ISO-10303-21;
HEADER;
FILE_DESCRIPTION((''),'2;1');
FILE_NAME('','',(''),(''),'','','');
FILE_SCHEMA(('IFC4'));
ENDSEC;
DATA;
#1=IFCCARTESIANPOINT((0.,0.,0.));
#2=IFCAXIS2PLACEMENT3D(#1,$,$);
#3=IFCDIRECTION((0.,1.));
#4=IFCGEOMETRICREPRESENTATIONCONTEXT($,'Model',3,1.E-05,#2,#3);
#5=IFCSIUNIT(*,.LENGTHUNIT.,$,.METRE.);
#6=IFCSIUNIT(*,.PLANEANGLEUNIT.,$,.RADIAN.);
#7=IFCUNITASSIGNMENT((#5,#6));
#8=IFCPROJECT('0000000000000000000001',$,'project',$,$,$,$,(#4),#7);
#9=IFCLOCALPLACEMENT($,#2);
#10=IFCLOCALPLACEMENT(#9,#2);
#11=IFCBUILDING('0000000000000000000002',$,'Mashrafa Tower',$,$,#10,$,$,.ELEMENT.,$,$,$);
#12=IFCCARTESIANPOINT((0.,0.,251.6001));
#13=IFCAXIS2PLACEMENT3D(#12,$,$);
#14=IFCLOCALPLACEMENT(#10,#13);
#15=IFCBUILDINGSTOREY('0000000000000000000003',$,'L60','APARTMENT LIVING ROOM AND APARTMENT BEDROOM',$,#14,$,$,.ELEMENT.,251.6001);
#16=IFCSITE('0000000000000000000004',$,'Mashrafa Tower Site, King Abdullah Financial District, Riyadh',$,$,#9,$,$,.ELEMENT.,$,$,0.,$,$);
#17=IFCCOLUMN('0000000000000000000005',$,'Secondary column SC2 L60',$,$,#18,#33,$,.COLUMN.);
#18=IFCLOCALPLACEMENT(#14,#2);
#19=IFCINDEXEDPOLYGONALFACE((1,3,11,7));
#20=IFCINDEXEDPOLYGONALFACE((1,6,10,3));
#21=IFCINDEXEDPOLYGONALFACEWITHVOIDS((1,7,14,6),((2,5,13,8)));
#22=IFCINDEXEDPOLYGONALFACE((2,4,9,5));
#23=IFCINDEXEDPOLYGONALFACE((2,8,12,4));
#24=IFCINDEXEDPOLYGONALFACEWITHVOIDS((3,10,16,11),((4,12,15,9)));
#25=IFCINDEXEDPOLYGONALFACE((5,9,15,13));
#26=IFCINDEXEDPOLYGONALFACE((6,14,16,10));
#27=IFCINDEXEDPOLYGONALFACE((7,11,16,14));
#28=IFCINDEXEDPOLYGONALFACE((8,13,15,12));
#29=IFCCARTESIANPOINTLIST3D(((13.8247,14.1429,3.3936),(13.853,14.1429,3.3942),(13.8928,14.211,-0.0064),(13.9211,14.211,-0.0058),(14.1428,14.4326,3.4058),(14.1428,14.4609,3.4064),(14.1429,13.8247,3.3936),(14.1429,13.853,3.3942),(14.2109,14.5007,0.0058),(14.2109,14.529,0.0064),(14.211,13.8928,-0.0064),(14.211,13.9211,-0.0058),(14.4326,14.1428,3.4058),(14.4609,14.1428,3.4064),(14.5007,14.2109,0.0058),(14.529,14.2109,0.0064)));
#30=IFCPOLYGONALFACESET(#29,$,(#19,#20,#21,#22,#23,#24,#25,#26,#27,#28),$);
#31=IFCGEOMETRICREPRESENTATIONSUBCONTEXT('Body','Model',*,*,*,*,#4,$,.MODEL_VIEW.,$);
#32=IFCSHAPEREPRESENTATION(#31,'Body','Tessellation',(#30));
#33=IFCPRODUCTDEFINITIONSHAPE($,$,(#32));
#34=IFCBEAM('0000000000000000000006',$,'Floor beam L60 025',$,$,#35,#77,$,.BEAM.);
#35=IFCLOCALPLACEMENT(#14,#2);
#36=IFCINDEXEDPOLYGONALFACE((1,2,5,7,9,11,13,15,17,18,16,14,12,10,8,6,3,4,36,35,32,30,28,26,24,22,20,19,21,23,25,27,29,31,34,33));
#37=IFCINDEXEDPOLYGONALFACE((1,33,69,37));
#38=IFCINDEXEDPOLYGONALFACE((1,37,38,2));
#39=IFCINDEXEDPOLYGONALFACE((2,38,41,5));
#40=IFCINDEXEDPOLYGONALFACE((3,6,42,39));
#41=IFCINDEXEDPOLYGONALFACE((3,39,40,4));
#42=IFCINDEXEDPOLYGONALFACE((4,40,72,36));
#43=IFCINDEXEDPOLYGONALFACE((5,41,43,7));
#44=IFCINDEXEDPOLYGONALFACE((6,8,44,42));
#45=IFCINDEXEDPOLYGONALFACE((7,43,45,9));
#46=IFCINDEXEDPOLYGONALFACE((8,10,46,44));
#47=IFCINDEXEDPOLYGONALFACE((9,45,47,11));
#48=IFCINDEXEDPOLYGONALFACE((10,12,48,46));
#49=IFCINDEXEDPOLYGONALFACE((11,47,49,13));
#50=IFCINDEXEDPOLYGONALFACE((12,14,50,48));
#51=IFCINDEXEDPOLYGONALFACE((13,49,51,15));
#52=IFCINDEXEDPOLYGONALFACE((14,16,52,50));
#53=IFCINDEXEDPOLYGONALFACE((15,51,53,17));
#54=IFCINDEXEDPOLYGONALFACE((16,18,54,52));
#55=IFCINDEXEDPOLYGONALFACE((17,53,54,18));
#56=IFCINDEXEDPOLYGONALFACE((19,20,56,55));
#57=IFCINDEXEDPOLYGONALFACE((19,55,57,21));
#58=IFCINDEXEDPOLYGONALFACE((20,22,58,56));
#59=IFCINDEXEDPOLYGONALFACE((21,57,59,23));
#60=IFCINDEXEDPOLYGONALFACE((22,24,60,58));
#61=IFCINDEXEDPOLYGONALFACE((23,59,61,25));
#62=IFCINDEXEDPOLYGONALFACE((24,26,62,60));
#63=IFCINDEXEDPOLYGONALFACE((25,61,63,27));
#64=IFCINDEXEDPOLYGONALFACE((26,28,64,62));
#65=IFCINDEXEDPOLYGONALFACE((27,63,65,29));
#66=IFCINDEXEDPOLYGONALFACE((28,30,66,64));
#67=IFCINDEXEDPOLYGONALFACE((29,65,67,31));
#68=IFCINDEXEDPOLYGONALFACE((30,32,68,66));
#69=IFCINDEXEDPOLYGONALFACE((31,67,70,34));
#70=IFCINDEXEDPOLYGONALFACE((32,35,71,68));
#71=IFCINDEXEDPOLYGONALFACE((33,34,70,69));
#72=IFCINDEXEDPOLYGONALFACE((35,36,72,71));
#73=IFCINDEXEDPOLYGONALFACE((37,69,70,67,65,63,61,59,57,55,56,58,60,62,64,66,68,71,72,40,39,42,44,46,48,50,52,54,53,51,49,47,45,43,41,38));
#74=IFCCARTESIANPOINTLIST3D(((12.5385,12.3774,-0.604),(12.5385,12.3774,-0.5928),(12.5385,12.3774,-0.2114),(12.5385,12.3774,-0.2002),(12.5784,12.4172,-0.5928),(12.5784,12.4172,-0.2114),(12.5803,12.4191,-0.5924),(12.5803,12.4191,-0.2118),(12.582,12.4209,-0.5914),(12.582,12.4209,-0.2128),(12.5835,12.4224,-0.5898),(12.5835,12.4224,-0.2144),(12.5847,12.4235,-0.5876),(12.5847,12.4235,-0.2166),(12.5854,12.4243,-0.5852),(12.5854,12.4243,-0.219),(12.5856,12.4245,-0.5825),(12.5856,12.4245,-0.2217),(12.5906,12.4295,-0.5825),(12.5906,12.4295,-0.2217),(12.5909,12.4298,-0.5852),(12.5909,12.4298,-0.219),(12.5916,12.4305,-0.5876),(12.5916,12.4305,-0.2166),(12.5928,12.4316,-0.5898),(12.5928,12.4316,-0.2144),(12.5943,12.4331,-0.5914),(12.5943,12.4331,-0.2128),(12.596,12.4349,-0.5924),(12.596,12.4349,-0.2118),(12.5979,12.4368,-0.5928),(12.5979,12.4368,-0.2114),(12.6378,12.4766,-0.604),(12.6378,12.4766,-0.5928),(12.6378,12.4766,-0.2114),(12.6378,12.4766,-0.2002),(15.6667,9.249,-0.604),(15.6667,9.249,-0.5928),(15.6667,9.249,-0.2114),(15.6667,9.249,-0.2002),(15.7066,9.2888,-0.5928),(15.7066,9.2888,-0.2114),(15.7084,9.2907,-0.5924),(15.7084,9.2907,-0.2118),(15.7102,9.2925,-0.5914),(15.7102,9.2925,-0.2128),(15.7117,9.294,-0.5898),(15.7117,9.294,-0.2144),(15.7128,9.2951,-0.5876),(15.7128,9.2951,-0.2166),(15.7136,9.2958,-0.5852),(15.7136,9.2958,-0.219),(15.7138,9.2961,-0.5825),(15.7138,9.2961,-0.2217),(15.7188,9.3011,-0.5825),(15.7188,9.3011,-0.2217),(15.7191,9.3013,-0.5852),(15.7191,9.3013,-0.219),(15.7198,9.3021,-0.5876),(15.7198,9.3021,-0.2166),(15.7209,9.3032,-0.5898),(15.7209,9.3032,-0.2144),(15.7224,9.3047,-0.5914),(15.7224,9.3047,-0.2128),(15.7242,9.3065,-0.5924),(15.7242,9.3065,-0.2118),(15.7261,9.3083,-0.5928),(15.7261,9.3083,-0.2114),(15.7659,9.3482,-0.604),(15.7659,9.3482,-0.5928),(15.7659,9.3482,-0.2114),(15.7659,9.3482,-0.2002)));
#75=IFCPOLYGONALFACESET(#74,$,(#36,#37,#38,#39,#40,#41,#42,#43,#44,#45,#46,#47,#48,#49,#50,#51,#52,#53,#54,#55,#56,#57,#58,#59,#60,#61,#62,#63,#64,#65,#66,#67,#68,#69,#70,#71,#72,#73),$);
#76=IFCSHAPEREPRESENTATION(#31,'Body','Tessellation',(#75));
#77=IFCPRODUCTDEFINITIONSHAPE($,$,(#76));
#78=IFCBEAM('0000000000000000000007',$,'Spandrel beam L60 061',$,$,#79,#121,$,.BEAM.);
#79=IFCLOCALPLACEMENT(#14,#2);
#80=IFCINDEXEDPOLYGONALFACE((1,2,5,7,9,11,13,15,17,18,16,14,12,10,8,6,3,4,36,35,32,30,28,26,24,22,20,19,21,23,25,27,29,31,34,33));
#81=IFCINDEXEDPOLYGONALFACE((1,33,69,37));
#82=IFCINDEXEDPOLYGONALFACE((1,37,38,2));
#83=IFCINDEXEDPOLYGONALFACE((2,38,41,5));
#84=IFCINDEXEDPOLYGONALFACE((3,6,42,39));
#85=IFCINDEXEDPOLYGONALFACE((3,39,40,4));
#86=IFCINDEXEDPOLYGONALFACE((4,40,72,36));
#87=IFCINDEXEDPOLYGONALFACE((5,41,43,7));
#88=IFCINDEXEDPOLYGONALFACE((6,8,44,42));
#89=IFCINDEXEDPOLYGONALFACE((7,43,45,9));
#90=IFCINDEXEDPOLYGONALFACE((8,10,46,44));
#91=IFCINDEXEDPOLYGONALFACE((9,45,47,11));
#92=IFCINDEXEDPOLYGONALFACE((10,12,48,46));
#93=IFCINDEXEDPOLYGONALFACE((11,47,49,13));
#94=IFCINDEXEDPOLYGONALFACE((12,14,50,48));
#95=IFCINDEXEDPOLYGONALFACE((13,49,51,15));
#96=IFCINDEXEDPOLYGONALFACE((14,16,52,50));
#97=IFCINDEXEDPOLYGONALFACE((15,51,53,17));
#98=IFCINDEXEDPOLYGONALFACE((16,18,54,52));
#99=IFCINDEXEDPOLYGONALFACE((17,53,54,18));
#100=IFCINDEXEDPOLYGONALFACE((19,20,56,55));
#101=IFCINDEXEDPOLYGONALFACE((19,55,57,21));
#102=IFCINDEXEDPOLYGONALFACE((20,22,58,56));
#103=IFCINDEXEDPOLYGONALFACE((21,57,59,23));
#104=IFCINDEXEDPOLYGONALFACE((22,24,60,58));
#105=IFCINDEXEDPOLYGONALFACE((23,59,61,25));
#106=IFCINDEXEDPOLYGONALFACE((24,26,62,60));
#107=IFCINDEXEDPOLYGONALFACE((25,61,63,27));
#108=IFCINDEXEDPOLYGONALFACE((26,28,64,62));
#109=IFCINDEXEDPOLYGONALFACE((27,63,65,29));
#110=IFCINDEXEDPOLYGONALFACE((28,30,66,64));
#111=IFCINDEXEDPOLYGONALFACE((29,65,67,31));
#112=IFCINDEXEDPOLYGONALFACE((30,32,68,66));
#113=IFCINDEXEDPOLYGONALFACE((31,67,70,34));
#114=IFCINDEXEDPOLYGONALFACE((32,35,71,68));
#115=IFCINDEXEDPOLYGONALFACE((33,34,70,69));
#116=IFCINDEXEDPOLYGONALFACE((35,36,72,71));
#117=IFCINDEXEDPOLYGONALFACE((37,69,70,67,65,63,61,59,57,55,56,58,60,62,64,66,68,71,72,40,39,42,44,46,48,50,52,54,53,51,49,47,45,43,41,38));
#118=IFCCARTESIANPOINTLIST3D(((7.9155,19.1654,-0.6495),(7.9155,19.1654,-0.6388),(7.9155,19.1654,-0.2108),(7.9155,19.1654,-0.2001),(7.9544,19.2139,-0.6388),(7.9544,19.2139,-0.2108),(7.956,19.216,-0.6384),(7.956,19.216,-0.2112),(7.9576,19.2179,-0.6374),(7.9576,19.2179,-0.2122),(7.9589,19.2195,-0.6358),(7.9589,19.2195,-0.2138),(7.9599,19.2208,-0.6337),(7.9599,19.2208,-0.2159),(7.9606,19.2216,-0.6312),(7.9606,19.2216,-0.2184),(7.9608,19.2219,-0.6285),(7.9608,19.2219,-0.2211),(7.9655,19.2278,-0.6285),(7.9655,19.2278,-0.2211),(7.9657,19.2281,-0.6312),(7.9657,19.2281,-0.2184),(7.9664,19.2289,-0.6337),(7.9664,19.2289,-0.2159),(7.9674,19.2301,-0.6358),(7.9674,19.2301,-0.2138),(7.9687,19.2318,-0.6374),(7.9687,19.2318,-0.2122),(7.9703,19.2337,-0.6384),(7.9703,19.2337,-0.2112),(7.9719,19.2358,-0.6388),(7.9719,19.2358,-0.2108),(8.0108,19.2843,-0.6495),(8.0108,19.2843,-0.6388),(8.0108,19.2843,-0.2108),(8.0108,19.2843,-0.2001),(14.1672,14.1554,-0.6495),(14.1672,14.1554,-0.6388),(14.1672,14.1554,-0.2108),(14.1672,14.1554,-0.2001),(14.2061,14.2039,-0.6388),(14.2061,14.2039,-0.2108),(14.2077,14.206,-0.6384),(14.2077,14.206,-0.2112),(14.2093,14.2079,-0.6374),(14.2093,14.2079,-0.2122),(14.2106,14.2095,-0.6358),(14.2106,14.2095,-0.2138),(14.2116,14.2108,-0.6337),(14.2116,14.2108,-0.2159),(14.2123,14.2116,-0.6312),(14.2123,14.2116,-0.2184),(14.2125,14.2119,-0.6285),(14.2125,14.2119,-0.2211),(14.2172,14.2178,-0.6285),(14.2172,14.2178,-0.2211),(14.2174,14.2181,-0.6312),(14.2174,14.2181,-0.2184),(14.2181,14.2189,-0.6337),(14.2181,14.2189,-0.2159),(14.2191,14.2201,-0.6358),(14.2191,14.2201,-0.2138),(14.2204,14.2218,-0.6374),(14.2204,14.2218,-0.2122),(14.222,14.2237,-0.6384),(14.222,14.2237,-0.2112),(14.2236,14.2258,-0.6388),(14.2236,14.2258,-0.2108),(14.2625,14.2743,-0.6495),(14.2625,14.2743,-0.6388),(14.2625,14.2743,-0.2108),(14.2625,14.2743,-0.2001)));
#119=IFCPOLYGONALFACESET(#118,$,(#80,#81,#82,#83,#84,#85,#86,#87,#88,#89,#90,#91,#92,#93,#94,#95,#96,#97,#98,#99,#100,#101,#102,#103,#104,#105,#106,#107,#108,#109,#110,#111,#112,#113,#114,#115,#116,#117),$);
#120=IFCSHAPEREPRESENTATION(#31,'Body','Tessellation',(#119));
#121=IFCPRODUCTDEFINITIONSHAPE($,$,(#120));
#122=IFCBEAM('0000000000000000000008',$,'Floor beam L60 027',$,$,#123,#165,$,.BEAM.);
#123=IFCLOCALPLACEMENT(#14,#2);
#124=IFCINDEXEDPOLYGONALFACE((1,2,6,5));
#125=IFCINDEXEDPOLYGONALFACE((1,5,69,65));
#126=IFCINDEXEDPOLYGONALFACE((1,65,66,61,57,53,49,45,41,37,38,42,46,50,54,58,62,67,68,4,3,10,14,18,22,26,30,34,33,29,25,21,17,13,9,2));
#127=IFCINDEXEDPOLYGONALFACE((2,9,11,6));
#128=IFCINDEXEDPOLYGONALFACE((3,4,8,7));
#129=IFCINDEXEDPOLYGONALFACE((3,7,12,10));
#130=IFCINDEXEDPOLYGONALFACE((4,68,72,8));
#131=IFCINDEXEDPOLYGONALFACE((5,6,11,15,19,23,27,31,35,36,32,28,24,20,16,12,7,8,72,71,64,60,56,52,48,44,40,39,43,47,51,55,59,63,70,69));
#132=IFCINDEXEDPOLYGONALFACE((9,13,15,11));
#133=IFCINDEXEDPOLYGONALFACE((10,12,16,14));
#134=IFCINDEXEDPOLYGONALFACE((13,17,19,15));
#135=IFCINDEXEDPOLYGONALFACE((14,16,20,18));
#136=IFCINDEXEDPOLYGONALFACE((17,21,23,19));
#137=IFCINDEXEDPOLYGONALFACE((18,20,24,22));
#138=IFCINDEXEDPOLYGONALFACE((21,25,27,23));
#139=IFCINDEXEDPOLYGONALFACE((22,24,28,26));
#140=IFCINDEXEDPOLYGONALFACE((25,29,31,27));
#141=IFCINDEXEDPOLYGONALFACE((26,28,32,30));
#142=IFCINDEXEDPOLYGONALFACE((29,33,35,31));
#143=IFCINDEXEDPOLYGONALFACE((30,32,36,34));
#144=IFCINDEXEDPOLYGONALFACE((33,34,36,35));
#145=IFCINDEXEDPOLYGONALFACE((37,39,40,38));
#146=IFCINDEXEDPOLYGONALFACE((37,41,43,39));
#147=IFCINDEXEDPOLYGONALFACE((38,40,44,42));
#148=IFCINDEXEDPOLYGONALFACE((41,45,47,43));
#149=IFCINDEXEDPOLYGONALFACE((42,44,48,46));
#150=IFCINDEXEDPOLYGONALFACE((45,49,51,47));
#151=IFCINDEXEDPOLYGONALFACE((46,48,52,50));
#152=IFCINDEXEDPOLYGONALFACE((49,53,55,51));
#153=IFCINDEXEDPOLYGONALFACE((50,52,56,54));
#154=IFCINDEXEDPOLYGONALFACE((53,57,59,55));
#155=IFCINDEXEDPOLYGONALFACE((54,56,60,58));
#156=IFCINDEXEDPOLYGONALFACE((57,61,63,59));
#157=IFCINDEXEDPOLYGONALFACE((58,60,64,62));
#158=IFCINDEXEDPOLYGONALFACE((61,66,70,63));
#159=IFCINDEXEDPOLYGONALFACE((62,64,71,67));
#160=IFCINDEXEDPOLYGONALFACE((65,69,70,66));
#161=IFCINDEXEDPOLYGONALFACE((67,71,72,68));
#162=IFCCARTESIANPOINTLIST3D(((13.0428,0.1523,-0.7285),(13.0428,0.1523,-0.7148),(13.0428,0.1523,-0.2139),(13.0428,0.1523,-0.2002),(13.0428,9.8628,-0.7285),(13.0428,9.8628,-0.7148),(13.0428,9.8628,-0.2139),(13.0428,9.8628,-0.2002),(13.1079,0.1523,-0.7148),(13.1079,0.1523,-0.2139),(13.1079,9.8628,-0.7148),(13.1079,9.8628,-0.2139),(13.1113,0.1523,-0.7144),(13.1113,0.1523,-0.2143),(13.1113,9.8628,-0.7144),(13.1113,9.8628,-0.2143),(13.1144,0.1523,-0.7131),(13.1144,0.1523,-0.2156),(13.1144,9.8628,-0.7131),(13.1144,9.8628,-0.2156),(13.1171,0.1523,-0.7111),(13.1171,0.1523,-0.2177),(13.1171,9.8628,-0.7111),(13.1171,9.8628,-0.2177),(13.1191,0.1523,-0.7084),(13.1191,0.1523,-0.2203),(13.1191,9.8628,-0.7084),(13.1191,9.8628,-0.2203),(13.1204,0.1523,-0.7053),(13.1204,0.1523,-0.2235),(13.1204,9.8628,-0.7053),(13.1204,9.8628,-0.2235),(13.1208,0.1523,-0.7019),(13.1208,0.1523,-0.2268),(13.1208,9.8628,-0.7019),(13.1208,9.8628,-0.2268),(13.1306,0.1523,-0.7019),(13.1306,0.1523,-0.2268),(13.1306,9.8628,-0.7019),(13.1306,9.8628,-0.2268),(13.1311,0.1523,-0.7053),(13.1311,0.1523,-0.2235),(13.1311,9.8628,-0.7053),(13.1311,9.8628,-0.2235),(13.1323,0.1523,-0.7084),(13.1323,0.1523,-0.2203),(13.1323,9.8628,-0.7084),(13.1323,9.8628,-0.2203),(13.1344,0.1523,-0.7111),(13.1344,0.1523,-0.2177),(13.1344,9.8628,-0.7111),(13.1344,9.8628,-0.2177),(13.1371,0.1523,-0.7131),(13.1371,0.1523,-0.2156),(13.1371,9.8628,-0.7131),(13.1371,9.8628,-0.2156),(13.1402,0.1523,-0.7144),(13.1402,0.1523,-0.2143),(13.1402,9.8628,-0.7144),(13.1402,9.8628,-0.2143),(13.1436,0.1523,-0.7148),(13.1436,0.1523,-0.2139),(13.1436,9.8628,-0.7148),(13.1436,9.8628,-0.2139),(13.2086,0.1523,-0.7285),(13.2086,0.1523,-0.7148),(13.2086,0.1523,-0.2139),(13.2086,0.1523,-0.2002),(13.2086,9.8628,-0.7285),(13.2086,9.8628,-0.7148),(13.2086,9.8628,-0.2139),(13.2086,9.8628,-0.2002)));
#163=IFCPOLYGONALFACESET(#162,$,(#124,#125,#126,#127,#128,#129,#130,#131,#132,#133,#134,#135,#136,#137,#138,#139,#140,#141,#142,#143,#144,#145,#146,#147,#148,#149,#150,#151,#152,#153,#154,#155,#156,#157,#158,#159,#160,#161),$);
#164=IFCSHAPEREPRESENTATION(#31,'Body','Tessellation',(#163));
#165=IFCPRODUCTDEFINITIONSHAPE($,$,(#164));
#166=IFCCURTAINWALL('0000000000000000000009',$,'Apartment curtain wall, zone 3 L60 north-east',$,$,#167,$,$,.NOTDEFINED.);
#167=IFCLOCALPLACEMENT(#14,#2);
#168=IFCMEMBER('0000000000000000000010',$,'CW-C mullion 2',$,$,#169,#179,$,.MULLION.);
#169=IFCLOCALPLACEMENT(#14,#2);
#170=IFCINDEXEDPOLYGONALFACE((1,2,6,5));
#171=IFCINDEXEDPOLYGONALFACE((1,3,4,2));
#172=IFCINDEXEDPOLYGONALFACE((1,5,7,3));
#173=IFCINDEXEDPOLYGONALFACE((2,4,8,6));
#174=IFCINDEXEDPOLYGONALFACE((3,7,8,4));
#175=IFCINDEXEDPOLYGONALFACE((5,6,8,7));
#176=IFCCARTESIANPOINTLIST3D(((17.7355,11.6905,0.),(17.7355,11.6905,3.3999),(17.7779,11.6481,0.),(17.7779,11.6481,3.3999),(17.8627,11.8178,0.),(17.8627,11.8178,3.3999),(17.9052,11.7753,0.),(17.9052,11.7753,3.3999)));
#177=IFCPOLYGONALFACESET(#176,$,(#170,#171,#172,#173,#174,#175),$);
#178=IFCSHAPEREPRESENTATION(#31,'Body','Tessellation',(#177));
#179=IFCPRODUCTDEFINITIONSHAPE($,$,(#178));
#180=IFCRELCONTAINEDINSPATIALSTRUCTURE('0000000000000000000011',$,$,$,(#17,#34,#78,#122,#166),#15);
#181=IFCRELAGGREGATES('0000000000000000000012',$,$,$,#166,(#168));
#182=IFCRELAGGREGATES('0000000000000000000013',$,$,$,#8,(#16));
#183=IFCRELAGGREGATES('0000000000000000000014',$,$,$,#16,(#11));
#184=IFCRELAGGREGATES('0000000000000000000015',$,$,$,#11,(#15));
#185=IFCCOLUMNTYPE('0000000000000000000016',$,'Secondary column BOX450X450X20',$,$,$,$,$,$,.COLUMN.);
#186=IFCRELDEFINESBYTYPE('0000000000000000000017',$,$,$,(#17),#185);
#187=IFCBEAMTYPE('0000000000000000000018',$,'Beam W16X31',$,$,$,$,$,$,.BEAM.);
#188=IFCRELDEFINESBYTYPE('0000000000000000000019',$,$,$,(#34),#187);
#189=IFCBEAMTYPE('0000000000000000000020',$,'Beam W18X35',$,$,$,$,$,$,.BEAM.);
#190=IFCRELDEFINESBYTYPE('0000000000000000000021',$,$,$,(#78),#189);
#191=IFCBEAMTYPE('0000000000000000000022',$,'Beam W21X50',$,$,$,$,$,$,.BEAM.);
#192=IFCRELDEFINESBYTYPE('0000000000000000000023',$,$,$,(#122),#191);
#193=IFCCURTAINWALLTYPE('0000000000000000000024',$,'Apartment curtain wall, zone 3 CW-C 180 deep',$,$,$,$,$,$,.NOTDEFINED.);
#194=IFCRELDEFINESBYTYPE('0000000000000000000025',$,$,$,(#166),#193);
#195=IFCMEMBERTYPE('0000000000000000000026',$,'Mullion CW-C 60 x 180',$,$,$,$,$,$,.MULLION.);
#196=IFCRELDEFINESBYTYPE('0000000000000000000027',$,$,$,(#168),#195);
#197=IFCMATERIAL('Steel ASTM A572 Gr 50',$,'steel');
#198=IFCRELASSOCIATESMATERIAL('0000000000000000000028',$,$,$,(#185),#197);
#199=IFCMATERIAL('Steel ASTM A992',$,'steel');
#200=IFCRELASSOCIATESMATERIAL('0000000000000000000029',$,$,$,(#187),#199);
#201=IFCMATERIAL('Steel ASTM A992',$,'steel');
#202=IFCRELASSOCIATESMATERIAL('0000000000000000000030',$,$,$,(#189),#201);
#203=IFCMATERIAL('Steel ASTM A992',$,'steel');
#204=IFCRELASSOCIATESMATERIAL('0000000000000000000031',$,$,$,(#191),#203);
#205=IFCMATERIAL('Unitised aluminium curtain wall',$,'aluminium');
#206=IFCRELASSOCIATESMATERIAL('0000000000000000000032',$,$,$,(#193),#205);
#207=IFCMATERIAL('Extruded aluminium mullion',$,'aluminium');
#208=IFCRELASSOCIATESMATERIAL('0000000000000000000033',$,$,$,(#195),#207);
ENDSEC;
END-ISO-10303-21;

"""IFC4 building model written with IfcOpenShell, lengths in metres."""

from ifc_helpers import new_model, si_unit, direction, frame, origin, origin_2d, place, context, subcontext, project, spatial, rectangle, hollow_rectangle, i_section, extrude, source, transform, mapped, material, material_profile, profile_set, type_object, type_shapes, element, aggregate, save


model = new_model("IFC4")

# Units and contexts
model_context = context("Model", 3, precision=1e-05, world=origin(), true_north=direction((0.0, 1.0)))
body_context = subcontext(model_context, "Body", "Model", "MODEL_VIEW")
ifc_project = project(units=[si_unit("LENGTHUNIT", "METRE"), si_unit("PLANEANGLEUNIT", "RADIAN")], contexts=[model_context])

# Site, building, storey
site_placement = place(None, origin())
site = spatial("IfcSite", under=ifc_project, at=site_placement, Name="Mashrafa Tower Site, King Abdullah Financial District, Riyadh", CompositionType="ELEMENT", RefElevation=0.0)
building_placement = place(site_placement, origin())
building = spatial("IfcBuilding", under=site, at=building_placement, Name="Mashrafa Tower", CompositionType="ELEMENT")
storey_placement = place(building_placement, frame((0.0, 0.0, 251.6001)))
storey = spatial("IfcBuildingStorey", under=building, at=storey_placement, Name="L60", Description="APARTMENT LIVING ROOM AND APARTMENT BEDROOM", CompositionType="ELEMENT", Elevation=251.6001)

# Column
ifc_material_1 = material(Name="Steel ASTM A572 Gr 50", Category="steel")
ifc_material_profile_1 = material_profile(ifc_material_1, hollow_rectangle(XDim=0.45, YDim=0.45, WallThickness=0.02, at=origin_2d()), Name="BOX450X450X20")
ifc_profile_set_1 = profile_set([ifc_material_profile_1], Name="Steel ASTM A572 Gr 50")
column_type = type_object("IfcColumnType", Name="Secondary column BOX450X450X20", PredefinedType="COLUMN", material=ifc_profile_set_1)
column_placement = place(storey_placement, frame((14.2109, 14.2109, 0.0), z_axis=(-0.020026, -0.020026, 0.999599), x_axis=(0.707107, -0.707107, 0.0)))
element("IfcColumn", 1, at=column_placement, inside=storey, type_object=column_type, Name="Secondary column SC2 L60", PredefinedType="COLUMN", context=body_context, shape_type="SweptSolid", body=[
    extrude(hollow_rectangle(XDim=0.45, YDim=0.45, WallThickness=0.02, at=origin_2d()), origin(), (0.0, 0.0, 1.0), 3.4014),
])

# Beams
ifc_material_2 = material(Name="Steel ASTM A992", Category="steel")
ifc_material_profile_2 = material_profile(ifc_material_2, i_section(OverallWidth=0.1404, OverallDepth=0.4038, WebThickness=0.0071, FlangeThickness=0.0112, FilletRadius=0.0103, at=origin_2d()), Name="W16X31")
ifc_profile_set_2 = profile_set([ifc_material_profile_2], Name="Steel ASTM A992")
beam_type_1 = type_object("IfcBeamType", Name="Beam W16X31", PredefinedType="BEAM", material=ifc_profile_set_2)
beam_1_placement = place(storey_placement, frame((12.5881, 12.427, -0.4021), z_axis=(0.707079, -0.707134, 0.0), x_axis=(0.707134, 0.707079, 0.0)))
element("IfcBeam", 2, at=beam_1_placement, inside=storey, type_object=beam_type_1, Name="Floor beam L60 025", PredefinedType="BEAM", context=body_context, shape_type="SweptSolid", body=[
    extrude(i_section(OverallWidth=0.1404, OverallDepth=0.4038, WebThickness=0.0071, FlangeThickness=0.0112, FilletRadius=0.0103, at=origin_2d()), origin(), (0.0, 0.0, 1.0), 4.4241),
])
ifc_material_3 = material(Name="Steel ASTM A992", Category="steel")
ifc_material_profile_3 = material_profile(ifc_material_3, i_section(OverallWidth=0.1523, OverallDepth=0.4495, WebThickness=0.0076, FlangeThickness=0.0107, FilletRadius=0.0103, at=origin_2d()), Name="W18X35")
ifc_profile_set_3 = profile_set([ifc_material_profile_3], Name="Steel ASTM A992")
beam_type_2 = type_object("IfcBeamType", Name="Beam W18X35", PredefinedType="BEAM", material=ifc_profile_set_3)
beam_2_placement = place(storey_placement, frame((14.2148, 14.2148, -0.4248), z_axis=(-0.780342, 0.625353, 0.0), x_axis=(-0.625353, -0.780342, 0.0)))
element("IfcBeam", 3, at=beam_2_placement, inside=storey, type_object=beam_type_2, Name="Spandrel beam L60 061", PredefinedType="BEAM", context=body_context, shape_type="SweptSolid", body=[
    extrude(i_section(OverallWidth=0.1523, OverallDepth=0.4495, WebThickness=0.0076, FlangeThickness=0.0107, FilletRadius=0.0103, at=origin_2d()), origin(), (0.0, 0.0, 1.0), 8.0115),
])
ifc_material_4 = material(Name="Steel ASTM A992", Category="steel")
ifc_material_profile_4 = material_profile(ifc_material_4, i_section(OverallWidth=0.1658, OverallDepth=0.5283, WebThickness=0.0098, FlangeThickness=0.0137, FilletRadius=0.0129, at=origin_2d()), Name="W21X50")
ifc_profile_set_4 = profile_set([ifc_material_profile_4], Name="Steel ASTM A992")
beam_type_3 = type_object("IfcBeamType", Name="Beam W21X50", PredefinedType="BEAM", material=ifc_profile_set_4)
beam_3_placement = place(storey_placement, frame((13.1257, 9.8628, -0.4644), z_axis=(0.0, -1.0, 0.0), x_axis=(1.0, 0.0, 0.0)))
element("IfcBeam", 4, at=beam_3_placement, inside=storey, type_object=beam_type_3, Name="Floor beam L60 027", PredefinedType="BEAM", context=body_context, shape_type="SweptSolid", body=[
    extrude(i_section(OverallWidth=0.1658, OverallDepth=0.5283, WebThickness=0.0098, FlangeThickness=0.0137, FilletRadius=0.0129, at=origin_2d()), origin(), (0.0, 0.0, 1.0), 9.7104),
])

# Curtain wall, member
ifc_material_5 = material(Name="Unitised aluminium curtain wall", Category="aluminium")
curtain_wall_type = type_object("IfcCurtainWallType", Name="Apartment curtain wall, zone 3 CW-C 180 deep", PredefinedType="NOTDEFINED", material=ifc_material_5)
curtain_wall_placement = place(storey_placement, origin())
curtain_wall = element("IfcCurtainWall", 5, at=curtain_wall_placement, inside=storey, type_object=curtain_wall_type, Name="Apartment curtain wall, zone 3 L60 north-east", PredefinedType="NOTDEFINED")
ifc_material_6 = material(Name="Extruded aluminium mullion", Category="aluminium")
ifc_material_profile_5 = material_profile(ifc_material_6, rectangle(XDim=0.1799, YDim=0.0601, at=origin_2d()), Name="Mullion 60x180")
ifc_profile_set_5 = profile_set([ifc_material_profile_5], Name="Extruded aluminium mullion")
member_type_1 = type_object("IfcMemberType", Name="Mullion CW-C 60 x 180", PredefinedType="MULLION", material=ifc_profile_set_5)
shared_shape_1 = source(origin(), body_context, "Body", "SweptSolid", [
    extrude(rectangle(XDim=0.1799, YDim=0.0601, at=origin_2d()), origin(), (0.0, 0.0, 1.0), 3.3999),
])
type_shapes(member_type_1, [shared_shape_1])
member_1_placement = place(storey_placement, frame((17.8203, 11.7329, 0.0), z_axis=(0.0, 0.0, 1.0), x_axis=(-0.707107, -0.707107, 0.0)))
member_1 = element("IfcMember", 6, at=member_1_placement, type_object=member_type_1, Name="CW-C mullion 2", PredefinedType="MULLION", context=body_context, shape_type="MappedRepresentation", body=[
    mapped(shared_shape_1, transform((0.0, 0.0, 0.0))),
])
aggregate(curtain_wall, [member_1])

save(model, "model.ifc")
